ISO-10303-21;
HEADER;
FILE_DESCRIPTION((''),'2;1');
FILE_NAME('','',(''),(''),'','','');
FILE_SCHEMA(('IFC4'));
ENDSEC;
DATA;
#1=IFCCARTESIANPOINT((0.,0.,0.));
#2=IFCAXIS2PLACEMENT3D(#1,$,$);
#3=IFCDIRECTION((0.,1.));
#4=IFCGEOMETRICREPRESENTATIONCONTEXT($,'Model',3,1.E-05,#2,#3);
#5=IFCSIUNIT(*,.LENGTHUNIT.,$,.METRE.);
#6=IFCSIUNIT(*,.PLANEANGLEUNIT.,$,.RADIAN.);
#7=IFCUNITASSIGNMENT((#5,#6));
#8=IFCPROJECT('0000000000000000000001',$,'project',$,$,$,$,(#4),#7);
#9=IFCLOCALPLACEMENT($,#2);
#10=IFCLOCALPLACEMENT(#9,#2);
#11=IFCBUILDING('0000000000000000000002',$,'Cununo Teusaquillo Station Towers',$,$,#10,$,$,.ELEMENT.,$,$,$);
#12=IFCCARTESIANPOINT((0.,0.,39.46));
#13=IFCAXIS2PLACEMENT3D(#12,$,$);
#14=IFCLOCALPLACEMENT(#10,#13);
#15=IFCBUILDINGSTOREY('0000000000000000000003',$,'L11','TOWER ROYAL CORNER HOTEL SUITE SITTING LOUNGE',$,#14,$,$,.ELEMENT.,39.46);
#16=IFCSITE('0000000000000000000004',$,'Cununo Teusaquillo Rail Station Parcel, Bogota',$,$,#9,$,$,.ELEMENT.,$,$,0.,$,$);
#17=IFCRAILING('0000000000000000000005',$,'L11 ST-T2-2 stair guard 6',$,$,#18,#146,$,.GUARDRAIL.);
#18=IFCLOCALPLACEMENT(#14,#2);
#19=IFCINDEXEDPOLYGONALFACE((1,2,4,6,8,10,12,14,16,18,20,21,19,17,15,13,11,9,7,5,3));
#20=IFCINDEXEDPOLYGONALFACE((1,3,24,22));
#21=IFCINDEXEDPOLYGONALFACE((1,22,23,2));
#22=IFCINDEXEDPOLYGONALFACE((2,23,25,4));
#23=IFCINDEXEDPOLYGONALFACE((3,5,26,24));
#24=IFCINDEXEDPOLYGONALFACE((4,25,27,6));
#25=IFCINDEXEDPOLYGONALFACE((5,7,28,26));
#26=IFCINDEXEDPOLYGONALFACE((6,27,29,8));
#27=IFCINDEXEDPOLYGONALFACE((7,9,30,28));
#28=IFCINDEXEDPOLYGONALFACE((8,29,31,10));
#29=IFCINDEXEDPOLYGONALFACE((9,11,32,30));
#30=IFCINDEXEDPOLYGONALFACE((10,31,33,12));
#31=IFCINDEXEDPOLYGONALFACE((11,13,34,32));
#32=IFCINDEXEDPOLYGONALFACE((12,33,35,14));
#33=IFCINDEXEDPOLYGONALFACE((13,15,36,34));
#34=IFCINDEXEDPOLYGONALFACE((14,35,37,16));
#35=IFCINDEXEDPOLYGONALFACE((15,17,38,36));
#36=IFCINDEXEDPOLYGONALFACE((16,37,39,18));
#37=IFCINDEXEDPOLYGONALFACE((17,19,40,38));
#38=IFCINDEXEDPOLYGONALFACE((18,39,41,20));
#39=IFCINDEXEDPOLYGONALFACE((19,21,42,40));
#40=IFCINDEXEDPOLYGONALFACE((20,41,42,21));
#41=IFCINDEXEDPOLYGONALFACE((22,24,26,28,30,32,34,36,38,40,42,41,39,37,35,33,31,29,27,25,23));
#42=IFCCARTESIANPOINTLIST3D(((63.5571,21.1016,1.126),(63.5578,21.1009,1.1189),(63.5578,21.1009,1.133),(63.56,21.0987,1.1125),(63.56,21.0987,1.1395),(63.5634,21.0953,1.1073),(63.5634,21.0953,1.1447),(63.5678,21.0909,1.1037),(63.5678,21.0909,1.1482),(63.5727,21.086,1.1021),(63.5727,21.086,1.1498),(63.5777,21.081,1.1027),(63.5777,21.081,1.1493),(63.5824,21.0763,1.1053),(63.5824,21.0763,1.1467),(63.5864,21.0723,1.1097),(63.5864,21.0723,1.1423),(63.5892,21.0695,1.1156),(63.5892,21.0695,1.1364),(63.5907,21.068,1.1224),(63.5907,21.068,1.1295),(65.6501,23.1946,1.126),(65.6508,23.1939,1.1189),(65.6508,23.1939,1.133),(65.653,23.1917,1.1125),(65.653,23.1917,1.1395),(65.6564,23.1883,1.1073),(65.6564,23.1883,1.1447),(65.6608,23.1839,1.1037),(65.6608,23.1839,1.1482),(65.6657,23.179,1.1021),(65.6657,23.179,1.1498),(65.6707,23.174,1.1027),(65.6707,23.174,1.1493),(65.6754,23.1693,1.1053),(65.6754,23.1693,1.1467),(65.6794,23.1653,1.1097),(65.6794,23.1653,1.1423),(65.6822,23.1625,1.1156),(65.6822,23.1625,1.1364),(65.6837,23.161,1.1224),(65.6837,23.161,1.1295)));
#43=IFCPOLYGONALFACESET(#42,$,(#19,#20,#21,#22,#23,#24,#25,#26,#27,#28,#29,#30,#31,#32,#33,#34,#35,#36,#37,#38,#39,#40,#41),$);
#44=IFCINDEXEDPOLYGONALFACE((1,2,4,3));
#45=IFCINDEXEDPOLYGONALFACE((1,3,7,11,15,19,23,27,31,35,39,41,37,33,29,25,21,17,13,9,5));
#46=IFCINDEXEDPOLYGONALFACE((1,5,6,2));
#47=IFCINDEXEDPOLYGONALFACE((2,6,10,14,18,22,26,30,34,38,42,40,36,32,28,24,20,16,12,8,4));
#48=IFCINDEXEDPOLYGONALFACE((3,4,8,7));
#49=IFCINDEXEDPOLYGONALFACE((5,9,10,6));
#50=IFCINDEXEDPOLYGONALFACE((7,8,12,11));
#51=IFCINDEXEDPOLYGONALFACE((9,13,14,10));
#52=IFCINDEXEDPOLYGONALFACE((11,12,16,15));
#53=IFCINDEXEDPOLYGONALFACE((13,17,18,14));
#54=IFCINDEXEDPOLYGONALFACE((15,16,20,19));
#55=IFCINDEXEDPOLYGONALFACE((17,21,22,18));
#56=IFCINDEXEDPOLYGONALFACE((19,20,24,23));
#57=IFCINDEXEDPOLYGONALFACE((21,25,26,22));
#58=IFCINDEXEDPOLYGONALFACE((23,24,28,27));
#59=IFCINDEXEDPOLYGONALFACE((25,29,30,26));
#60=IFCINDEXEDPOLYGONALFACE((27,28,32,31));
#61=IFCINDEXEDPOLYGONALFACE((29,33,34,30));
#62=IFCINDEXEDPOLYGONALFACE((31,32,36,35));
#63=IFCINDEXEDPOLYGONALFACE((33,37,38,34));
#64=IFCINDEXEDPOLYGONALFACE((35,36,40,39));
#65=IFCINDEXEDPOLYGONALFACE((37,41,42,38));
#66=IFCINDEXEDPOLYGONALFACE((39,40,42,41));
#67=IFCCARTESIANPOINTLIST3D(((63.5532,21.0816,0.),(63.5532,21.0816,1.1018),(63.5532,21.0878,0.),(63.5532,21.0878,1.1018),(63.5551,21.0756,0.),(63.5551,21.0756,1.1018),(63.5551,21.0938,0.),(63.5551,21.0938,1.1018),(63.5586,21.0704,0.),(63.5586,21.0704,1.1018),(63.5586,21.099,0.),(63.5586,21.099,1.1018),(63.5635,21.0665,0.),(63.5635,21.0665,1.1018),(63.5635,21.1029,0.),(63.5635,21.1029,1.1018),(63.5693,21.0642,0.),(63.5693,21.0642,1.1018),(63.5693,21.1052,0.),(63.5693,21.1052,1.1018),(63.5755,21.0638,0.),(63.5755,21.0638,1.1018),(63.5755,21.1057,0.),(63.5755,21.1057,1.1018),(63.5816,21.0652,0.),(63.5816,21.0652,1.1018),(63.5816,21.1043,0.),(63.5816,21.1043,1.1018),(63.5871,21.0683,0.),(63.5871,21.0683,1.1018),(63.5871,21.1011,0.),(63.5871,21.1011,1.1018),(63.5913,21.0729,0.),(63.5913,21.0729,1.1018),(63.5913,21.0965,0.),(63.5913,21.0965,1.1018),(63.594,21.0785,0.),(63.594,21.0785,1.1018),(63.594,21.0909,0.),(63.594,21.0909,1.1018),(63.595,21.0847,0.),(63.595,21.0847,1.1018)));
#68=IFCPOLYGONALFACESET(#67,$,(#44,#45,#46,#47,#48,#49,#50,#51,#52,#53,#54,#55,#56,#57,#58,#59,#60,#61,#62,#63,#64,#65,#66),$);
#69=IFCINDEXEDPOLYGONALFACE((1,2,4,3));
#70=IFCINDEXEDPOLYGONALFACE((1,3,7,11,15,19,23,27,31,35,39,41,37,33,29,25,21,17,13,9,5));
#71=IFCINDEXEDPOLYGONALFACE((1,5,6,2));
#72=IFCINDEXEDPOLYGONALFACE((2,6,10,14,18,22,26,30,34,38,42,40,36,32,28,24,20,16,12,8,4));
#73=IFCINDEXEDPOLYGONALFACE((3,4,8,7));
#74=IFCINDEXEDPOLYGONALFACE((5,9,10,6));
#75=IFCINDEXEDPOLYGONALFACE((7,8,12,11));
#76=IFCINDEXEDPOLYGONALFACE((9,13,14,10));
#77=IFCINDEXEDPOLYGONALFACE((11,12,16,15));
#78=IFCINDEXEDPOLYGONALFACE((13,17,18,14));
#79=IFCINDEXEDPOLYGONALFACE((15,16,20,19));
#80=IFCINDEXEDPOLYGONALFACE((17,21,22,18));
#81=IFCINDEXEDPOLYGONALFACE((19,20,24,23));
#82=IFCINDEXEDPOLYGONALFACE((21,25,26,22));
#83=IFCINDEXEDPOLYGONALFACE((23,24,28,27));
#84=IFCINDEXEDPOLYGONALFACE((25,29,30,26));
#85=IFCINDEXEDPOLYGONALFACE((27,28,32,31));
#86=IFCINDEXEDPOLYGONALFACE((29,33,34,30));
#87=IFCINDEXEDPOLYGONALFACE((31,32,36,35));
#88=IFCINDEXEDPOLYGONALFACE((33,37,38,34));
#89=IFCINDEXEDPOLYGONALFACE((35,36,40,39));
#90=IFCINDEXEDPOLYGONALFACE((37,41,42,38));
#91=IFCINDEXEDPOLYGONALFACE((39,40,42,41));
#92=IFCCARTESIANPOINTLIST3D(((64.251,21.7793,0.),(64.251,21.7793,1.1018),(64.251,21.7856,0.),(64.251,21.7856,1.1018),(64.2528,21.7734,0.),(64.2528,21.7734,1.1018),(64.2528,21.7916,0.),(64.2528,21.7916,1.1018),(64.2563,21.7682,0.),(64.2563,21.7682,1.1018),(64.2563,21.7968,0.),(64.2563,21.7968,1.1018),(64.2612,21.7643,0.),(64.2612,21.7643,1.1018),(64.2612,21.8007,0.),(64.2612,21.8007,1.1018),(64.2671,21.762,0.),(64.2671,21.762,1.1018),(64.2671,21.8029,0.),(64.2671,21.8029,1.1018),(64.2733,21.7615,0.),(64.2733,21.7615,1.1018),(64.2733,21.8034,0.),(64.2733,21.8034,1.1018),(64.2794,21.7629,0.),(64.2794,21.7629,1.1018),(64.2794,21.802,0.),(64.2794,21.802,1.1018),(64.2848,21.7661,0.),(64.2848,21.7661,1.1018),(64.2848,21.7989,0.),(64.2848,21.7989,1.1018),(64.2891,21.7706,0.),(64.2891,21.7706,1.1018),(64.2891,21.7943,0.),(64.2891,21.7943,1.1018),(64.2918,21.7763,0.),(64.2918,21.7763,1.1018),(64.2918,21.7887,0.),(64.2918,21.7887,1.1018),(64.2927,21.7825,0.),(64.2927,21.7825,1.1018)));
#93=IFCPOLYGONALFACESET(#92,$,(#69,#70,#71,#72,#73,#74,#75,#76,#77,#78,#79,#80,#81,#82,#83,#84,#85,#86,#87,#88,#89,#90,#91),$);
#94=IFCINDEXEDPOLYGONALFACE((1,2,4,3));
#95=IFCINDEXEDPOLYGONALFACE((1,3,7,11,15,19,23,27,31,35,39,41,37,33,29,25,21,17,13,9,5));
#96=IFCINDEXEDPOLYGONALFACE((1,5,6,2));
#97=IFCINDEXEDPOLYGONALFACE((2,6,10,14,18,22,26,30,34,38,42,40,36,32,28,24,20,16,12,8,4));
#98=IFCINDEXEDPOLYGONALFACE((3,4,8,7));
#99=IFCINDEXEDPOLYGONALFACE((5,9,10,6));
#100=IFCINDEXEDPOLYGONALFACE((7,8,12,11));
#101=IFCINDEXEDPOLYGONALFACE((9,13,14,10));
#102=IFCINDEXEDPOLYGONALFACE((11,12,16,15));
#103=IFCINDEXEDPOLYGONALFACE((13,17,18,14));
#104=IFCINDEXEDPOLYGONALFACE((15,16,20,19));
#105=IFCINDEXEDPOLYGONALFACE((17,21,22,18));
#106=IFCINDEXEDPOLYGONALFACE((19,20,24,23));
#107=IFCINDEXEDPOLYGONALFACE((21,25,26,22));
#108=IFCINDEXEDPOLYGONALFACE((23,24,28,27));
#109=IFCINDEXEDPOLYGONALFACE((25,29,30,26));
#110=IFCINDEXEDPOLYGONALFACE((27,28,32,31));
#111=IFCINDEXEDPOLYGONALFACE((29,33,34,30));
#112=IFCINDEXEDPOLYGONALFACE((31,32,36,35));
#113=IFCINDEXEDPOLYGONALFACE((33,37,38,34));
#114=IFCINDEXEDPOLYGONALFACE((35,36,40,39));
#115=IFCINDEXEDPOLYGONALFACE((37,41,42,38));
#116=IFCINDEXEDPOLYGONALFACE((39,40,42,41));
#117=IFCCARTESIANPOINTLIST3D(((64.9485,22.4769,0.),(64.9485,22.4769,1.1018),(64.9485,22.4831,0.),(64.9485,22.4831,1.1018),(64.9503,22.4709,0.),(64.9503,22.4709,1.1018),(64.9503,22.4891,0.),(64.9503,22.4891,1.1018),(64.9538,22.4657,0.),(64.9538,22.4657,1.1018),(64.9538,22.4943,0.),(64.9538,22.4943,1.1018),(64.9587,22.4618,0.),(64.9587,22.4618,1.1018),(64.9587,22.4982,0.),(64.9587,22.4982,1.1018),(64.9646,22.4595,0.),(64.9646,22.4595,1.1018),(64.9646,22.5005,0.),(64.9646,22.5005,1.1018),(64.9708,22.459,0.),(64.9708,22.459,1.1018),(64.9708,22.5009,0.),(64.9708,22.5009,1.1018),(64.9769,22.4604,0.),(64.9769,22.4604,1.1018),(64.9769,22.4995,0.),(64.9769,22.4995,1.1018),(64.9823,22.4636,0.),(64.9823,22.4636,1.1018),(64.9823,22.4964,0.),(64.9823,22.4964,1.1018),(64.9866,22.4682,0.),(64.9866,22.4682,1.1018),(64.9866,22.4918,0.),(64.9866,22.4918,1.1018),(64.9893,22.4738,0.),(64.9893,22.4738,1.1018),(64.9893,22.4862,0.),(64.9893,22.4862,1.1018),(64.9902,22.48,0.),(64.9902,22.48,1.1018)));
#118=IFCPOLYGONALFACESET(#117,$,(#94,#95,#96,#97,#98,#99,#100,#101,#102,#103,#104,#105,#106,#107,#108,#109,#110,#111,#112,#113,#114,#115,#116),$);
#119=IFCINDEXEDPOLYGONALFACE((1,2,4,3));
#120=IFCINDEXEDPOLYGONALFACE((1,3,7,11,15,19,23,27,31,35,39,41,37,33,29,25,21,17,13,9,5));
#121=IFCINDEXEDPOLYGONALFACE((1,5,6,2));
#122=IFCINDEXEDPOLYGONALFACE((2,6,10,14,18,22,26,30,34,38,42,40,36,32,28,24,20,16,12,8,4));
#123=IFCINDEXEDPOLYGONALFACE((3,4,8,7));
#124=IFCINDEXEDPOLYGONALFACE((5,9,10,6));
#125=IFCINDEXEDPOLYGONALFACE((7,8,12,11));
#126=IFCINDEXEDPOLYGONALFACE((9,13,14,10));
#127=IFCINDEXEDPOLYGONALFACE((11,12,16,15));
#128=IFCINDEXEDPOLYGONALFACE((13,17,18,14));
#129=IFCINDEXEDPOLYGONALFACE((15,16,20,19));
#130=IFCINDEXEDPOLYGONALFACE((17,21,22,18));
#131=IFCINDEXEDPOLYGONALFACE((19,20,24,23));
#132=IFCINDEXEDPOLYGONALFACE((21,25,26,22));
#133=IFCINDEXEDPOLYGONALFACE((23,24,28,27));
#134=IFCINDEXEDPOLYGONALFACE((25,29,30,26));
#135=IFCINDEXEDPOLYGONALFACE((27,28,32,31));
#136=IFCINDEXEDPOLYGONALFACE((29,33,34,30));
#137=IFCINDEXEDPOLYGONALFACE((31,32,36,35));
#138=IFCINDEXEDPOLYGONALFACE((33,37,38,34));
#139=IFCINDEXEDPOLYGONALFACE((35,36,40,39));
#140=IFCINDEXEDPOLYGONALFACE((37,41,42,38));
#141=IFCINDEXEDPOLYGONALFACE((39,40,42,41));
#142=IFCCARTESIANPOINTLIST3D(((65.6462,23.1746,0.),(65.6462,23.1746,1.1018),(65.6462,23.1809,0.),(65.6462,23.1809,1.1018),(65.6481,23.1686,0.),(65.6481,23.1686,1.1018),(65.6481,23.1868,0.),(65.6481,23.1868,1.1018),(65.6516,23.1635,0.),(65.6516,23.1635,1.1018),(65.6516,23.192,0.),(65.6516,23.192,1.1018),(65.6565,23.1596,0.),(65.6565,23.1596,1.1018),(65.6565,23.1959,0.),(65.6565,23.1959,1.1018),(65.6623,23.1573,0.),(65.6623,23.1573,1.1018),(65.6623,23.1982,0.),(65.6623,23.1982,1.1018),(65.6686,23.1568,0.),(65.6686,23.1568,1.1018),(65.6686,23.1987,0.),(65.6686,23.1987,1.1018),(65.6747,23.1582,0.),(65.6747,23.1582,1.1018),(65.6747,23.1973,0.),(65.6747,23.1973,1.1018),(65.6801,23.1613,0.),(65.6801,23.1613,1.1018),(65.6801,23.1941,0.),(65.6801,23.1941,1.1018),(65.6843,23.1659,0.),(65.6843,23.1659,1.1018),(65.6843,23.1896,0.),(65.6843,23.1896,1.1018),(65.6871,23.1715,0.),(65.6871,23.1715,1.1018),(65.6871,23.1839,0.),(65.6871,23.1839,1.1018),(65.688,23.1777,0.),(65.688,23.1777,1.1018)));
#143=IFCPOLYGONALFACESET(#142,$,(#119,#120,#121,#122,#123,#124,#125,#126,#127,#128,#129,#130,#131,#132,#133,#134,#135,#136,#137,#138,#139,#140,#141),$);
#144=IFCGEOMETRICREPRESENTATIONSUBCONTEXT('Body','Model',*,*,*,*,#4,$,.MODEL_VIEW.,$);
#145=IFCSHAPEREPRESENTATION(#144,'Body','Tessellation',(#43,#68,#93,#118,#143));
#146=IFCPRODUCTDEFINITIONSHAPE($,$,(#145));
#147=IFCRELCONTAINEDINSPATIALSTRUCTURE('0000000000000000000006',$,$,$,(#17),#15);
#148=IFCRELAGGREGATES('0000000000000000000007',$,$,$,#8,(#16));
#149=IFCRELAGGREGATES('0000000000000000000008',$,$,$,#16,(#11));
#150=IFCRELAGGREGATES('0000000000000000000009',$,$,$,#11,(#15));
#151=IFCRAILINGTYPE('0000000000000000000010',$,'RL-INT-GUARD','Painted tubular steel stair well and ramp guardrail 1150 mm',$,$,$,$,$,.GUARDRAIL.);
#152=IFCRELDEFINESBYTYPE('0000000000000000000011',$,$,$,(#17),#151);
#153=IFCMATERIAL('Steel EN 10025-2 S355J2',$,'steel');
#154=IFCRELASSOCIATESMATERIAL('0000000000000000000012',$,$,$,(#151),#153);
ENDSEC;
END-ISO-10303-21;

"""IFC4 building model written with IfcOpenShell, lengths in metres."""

from ifc_helpers import new_model, si_unit, direction, frame, origin, origin_2d, place, context, subcontext, project, spatial, circle, extrude, material, type_object, element, save


model = new_model("IFC4")

# Units and contexts
model_context = context("Model", 3, precision=1e-05, world=origin(), true_north=direction((0.0, 1.0)))
body_context = subcontext(model_context, "Body", "Model", "MODEL_VIEW")
ifc_project = project(units=[si_unit("LENGTHUNIT", "METRE"), si_unit("PLANEANGLEUNIT", "RADIAN")], contexts=[model_context])

# Site, building, storey
site_placement = place(None, origin())
site = spatial("IfcSite", under=ifc_project, at=site_placement, Name="Cununo Teusaquillo Rail Station Parcel, Bogota", CompositionType="ELEMENT", RefElevation=0.0)
building_placement = place(site_placement, origin())
building = spatial("IfcBuilding", under=site, at=building_placement, Name="Cununo Teusaquillo Station Towers", CompositionType="ELEMENT")
storey_placement = place(building_placement, frame((0.0, 0.0, 39.46)))
storey = spatial("IfcBuildingStorey", under=building, at=storey_placement, Name="L11", Description="TOWER ROYAL CORNER HOTEL SUITE SITTING LOUNGE", CompositionType="ELEMENT", Elevation=39.46)

# Railing
ifc_material_1 = material(Name="Steel EN 10025-2 S355J2", Category="steel")
railing_type = type_object("IfcRailingType", Name="RL-INT-GUARD", Description="Painted tubular steel stair well and ramp guardrail 1150 mm", PredefinedType="GUARDRAIL", material=ifc_material_1)
railing_1_placement = place(storey_placement, frame((63.574, 21.0847, 0.0)))
element("IfcRailing", 1, at=railing_1_placement, inside=storey, type_object=railing_type, Name="L11 ST-T2-2 stair guard 6", PredefinedType="GUARDRAIL", context=body_context, shape_type="SweptSolid", body=[
    extrude(circle(Radius=0.0239, at=origin_2d()), frame((0.0, 0.0, 1.126), z_axis=(0.707107, 0.707107, 0.0), x_axis=(-0.707107, 0.707107, 0.0)), (0.0, 0.0, 1.0), 2.96),
    extrude(circle(Radius=0.021, at=origin_2d()), origin(), (0.0, 0.0, 1.0), 1.1018),
    extrude(circle(Radius=0.021, at=origin_2d()), frame((0.6978, 0.6978, 0.0)), (0.0, 0.0, 1.0), 1.1018),
    extrude(circle(Radius=0.021, at=origin_2d()), frame((1.3953, 1.3953, 0.0)), (0.0, 0.0, 1.0), 1.1018),
    extrude(circle(Radius=0.021, at=origin_2d()), frame((2.093, 2.093, 0.0)), (0.0, 0.0, 1.0), 1.1018),
])

save(model, "model.ifc")
